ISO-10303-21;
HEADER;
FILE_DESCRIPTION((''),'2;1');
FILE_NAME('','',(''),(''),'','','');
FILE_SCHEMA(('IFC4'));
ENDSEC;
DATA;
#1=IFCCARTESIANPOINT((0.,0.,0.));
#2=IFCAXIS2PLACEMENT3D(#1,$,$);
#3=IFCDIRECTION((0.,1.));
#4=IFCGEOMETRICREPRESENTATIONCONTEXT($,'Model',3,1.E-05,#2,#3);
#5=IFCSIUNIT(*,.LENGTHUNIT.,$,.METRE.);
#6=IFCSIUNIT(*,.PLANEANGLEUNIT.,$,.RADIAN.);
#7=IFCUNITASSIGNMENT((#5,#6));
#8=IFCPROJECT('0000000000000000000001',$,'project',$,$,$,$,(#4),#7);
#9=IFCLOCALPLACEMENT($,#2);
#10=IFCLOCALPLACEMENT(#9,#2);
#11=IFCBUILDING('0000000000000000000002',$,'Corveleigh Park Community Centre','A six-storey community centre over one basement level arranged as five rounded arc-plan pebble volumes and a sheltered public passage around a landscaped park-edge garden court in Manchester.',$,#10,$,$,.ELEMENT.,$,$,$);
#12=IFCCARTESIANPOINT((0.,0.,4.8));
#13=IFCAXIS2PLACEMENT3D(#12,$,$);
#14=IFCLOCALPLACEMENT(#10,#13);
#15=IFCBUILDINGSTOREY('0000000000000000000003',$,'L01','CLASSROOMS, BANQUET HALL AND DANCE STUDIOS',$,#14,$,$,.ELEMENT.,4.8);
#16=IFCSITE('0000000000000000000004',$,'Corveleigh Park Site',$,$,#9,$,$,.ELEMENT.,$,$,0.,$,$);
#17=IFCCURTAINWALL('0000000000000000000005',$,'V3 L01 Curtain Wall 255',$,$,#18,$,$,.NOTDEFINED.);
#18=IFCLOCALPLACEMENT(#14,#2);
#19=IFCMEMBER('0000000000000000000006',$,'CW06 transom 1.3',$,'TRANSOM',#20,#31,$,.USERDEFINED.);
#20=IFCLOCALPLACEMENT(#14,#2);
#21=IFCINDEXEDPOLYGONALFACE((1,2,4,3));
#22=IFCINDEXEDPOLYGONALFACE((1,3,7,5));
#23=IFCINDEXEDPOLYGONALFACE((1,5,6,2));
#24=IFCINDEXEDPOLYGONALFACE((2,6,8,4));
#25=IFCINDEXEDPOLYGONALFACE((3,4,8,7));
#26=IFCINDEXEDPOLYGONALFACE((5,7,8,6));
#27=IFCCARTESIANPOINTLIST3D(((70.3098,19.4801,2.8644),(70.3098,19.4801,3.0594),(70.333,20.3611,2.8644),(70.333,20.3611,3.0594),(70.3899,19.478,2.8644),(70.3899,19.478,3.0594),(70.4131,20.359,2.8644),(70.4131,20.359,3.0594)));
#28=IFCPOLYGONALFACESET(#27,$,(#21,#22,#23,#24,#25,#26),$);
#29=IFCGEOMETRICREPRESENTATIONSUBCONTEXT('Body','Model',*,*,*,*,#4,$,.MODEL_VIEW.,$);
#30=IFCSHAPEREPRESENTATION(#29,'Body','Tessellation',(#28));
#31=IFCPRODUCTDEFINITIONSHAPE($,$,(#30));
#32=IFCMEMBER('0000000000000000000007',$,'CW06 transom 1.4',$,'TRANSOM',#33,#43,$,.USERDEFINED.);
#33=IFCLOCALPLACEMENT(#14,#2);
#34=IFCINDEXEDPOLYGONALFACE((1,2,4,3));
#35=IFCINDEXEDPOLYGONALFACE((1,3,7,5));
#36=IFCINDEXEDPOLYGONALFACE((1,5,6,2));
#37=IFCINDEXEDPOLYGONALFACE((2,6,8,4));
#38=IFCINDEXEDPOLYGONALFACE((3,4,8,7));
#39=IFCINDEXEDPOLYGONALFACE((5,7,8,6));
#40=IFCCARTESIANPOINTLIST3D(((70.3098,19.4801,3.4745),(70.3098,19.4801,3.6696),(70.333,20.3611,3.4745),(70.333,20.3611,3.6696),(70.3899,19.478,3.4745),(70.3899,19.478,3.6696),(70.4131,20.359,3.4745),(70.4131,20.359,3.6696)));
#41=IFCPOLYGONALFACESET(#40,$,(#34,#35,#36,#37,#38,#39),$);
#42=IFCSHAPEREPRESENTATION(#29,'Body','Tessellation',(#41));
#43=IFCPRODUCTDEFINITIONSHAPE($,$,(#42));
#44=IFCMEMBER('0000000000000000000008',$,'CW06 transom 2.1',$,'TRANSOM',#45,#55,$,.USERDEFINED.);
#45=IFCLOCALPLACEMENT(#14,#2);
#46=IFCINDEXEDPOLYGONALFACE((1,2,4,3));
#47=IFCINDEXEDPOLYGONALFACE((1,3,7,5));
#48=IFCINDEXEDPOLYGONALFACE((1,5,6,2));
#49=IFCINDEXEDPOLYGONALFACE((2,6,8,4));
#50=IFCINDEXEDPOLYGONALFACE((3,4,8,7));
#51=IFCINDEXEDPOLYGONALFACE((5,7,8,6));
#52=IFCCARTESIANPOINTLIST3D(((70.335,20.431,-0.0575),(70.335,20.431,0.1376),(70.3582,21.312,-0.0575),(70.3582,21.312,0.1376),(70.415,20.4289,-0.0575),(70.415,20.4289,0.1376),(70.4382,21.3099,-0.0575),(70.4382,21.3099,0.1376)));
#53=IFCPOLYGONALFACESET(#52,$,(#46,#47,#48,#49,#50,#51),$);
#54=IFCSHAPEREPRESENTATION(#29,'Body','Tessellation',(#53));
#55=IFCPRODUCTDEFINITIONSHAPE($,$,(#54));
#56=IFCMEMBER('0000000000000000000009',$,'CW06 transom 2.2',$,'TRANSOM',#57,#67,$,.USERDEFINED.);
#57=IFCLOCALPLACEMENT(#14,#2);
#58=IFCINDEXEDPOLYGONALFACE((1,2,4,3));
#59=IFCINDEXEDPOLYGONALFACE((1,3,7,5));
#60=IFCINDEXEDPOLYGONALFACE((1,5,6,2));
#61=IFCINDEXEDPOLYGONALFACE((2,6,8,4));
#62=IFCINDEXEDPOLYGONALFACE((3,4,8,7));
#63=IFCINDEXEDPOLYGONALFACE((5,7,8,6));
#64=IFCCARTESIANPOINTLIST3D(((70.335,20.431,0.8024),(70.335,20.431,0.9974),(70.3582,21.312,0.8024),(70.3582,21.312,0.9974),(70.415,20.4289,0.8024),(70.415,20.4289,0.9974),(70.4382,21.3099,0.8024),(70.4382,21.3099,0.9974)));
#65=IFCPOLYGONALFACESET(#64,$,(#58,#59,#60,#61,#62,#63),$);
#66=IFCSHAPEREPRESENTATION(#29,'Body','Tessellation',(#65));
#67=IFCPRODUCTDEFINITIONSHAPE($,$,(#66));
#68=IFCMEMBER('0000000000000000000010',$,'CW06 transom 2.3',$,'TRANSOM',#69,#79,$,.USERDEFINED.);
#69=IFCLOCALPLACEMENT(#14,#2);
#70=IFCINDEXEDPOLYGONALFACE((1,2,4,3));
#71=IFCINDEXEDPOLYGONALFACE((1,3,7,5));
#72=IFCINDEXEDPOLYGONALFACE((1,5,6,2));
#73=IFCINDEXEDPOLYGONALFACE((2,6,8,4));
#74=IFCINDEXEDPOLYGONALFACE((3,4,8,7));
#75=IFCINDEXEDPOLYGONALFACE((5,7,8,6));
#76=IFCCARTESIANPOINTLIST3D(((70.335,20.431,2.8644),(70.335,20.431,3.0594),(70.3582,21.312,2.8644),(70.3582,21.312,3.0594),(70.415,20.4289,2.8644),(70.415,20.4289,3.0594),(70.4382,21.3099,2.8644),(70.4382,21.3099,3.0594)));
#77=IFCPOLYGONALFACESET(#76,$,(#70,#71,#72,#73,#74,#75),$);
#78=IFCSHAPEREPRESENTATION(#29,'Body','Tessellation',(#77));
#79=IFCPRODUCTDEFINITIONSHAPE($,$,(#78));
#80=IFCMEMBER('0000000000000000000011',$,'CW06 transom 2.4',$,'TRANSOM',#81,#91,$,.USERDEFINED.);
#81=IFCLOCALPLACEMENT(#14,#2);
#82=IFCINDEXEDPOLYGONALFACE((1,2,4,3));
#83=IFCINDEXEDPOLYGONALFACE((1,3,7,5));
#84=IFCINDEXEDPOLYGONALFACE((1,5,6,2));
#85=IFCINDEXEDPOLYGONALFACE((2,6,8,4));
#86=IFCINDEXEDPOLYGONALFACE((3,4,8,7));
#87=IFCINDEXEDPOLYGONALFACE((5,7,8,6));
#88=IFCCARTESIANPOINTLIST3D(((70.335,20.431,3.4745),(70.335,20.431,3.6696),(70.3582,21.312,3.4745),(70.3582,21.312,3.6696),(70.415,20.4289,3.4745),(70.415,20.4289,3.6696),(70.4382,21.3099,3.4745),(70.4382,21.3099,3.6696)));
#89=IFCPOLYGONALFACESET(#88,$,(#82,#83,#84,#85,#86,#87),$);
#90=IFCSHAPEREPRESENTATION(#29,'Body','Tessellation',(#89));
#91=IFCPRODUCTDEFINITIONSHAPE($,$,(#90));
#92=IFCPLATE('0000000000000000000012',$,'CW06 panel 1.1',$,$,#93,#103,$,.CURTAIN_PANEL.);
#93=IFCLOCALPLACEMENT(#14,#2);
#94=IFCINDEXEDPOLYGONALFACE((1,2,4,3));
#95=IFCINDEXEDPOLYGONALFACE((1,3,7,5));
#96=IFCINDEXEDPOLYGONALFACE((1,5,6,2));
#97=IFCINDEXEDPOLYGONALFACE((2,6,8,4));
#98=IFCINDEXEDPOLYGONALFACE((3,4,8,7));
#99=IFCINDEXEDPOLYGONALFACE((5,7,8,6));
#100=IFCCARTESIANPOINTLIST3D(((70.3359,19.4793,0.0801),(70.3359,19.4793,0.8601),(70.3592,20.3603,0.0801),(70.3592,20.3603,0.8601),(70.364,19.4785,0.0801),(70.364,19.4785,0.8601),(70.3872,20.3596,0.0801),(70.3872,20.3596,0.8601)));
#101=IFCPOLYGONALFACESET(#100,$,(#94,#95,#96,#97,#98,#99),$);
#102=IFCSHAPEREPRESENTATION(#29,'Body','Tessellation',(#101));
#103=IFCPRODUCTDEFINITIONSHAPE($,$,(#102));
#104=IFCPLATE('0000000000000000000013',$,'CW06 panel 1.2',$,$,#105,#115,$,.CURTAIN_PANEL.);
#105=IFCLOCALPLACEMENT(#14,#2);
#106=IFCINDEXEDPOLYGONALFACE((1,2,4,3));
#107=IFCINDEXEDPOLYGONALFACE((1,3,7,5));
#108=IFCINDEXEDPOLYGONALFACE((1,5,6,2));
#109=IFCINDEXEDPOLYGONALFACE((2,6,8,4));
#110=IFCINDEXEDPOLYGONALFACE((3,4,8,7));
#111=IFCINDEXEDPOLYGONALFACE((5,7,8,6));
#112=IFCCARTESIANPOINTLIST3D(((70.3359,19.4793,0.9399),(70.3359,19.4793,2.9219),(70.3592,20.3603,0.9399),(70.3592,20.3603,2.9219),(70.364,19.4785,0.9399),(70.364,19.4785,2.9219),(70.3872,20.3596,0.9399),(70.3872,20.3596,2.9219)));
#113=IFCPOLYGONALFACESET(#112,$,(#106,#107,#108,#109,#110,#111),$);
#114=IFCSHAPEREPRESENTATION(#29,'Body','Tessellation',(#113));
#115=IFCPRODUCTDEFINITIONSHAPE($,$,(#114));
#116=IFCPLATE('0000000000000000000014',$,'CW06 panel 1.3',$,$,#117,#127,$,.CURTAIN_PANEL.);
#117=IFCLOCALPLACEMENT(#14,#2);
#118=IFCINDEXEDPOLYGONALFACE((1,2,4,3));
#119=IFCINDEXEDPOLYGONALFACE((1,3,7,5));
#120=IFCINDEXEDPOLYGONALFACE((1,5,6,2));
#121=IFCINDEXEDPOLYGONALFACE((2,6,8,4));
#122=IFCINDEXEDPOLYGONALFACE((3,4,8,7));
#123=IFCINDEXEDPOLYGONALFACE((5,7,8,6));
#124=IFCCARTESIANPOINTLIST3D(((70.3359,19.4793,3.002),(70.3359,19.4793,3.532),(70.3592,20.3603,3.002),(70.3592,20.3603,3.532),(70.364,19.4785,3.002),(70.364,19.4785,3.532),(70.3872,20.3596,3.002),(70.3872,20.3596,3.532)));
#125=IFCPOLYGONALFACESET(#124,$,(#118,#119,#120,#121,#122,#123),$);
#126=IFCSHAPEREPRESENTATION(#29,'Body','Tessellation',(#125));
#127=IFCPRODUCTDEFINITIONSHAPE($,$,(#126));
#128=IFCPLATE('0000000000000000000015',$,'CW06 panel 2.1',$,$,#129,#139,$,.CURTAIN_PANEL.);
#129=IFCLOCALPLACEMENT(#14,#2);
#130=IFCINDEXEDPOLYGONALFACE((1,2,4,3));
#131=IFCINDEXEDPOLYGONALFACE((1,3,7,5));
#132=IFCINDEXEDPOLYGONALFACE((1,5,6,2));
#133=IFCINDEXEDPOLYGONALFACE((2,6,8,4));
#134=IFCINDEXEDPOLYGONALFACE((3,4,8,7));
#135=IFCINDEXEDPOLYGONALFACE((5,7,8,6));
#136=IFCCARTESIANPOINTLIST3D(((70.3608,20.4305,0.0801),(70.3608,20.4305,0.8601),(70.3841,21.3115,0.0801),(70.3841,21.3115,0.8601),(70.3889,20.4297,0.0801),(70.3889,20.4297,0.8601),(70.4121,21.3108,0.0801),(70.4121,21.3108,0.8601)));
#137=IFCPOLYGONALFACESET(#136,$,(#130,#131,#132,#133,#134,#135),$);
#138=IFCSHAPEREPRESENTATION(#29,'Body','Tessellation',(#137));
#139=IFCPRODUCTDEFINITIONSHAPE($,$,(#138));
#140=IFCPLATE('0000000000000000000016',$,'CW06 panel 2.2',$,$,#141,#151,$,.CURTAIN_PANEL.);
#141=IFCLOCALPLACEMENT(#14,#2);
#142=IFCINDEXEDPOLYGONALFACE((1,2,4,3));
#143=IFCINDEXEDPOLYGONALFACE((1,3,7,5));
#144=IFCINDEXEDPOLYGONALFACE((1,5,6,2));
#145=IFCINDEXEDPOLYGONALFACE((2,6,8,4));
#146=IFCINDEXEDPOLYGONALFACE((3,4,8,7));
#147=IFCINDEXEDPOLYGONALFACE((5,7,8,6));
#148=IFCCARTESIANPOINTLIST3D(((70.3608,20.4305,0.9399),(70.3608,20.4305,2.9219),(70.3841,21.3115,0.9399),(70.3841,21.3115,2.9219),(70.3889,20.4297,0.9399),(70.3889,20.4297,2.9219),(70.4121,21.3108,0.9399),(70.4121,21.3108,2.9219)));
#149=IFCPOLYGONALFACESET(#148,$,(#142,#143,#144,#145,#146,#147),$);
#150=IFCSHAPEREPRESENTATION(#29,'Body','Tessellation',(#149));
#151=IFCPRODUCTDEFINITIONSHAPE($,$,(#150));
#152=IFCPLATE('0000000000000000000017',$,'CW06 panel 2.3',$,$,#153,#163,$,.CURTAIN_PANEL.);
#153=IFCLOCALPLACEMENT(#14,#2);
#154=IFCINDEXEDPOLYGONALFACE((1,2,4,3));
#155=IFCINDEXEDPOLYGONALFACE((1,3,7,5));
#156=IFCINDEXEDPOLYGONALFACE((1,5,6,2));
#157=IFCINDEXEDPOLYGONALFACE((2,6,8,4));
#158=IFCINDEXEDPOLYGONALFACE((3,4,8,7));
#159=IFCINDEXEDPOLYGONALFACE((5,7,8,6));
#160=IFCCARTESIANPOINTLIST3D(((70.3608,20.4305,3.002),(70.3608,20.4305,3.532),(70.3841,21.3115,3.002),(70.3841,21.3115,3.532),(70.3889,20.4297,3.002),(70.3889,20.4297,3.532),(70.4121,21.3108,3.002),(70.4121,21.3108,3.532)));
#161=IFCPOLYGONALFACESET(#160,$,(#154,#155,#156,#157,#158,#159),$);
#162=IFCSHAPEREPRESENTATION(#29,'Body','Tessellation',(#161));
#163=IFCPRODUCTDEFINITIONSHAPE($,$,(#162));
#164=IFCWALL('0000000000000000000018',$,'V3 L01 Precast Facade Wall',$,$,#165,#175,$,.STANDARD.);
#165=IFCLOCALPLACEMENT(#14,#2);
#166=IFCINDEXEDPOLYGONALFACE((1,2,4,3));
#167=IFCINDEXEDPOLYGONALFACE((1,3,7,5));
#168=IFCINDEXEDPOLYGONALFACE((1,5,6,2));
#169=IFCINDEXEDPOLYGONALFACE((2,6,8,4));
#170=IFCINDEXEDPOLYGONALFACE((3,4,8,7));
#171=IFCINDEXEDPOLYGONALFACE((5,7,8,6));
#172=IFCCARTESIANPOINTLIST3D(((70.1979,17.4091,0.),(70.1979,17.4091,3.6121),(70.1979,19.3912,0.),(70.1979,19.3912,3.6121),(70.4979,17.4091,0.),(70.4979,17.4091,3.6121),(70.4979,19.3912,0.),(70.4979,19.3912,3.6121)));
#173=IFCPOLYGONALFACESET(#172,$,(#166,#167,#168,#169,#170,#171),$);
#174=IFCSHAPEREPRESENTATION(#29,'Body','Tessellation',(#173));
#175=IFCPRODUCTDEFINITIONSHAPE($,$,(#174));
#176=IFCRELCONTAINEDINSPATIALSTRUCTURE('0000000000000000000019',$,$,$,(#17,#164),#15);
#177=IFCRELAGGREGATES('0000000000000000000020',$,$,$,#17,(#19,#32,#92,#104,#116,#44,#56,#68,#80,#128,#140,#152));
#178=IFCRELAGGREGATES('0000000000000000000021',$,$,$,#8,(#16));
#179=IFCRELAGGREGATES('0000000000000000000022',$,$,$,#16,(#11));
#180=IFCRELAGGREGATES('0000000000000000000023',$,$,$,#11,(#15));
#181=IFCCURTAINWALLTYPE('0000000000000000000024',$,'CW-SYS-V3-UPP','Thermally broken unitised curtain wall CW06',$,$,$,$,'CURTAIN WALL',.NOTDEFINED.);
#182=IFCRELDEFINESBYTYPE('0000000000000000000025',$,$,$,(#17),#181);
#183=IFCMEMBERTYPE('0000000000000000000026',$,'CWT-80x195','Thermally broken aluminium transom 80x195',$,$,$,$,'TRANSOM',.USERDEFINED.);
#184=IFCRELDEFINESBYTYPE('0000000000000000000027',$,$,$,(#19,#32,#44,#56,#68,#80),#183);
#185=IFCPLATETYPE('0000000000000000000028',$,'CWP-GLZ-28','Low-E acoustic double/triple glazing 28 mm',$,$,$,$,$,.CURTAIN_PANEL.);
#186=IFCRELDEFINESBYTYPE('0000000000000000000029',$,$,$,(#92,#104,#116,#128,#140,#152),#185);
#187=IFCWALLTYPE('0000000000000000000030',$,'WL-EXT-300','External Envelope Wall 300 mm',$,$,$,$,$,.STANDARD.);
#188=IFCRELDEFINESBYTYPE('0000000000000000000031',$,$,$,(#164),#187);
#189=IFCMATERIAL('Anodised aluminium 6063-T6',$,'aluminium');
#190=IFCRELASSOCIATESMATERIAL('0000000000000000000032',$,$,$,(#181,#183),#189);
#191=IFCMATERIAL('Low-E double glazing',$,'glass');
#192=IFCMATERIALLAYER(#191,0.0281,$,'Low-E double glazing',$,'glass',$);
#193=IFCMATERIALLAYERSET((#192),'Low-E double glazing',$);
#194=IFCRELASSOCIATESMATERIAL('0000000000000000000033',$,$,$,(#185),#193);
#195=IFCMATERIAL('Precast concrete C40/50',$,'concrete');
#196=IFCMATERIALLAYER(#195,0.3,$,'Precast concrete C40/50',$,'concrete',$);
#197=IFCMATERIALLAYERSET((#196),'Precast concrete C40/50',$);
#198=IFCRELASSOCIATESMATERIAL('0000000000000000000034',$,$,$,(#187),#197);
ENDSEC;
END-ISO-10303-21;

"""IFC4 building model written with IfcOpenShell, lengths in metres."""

from ifc_helpers import new_model, si_unit, direction, frame, frame_2d, origin, origin_2d, place, context, subcontext, project, spatial, rectangle, extrude, material, layer, layer_set, material_profile, profile_set, type_object, element, aggregate, save


model = new_model("IFC4")

# Units and contexts
model_context = context("Model", 3, precision=1e-05, world=origin(), true_north=direction((0.0, 1.0)))
body_context = subcontext(model_context, "Body", "Model", "MODEL_VIEW")
ifc_project = project(units=[si_unit("LENGTHUNIT", "METRE"), si_unit("PLANEANGLEUNIT", "RADIAN")], contexts=[model_context])

# Site, building, storey
site_placement = place(None, origin())
site = spatial("IfcSite", under=ifc_project, at=site_placement, Name="Corveleigh Park Site", CompositionType="ELEMENT", RefElevation=0.0)
building_placement = place(site_placement, origin())
building = spatial("IfcBuilding", under=site, at=building_placement, Name="Corveleigh Park Community Centre", Description="A six-storey community centre over one basement level arranged as five rounded arc-plan pebble volumes and a sheltered public passage around a landscaped park-edge garden court in Manchester.", CompositionType="ELEMENT")
storey_placement = place(building_placement, frame((0.0, 0.0, 4.8)))
storey = spatial("IfcBuildingStorey", under=building, at=storey_placement, Name="L01", Description="CLASSROOMS, BANQUET HALL AND DANCE STUDIOS", CompositionType="ELEMENT", Elevation=4.8)

# Shared definitions
ifc_material_1 = material(Name="Anodised aluminium 6063-T6", Category="aluminium")
curtain_wall_type = type_object("IfcCurtainWallType", Name="CW-SYS-V3-UPP", Description="Thermally broken unitised curtain wall CW06", ElementType="CURTAIN WALL", PredefinedType="NOTDEFINED", material=ifc_material_1)

# Curtain wall
curtain_wall_1_placement = place(storey_placement, origin())
curtain_wall_1 = element("IfcCurtainWall", 1, at=curtain_wall_1_placement, inside=storey, type_object=curtain_wall_type, Name="V3 L01 Curtain Wall 255", PredefinedType="NOTDEFINED")

# Members
ifc_material_profile_1 = material_profile(ifc_material_1, rectangle(XDim=0.0801, YDim=0.1951, at=origin_2d()), Name="ALU-T80x195", Category="aluminium")
ifc_profile_set_1 = profile_set([ifc_material_profile_1], Name="Anodised aluminium 6063-T6")
member_type_1 = type_object("IfcMemberType", Name="CWT-80x195", Description="Thermally broken aluminium transom 80x195", ElementType="TRANSOM", PredefinedType="USERDEFINED", material=ifc_profile_set_1)
member_1_placement = place(storey_placement, frame((70.3499, 19.479, 2.9619), z_axis=(0.026314, 0.999654, 0.0), x_axis=(-0.999654, 0.026314, 0.0)))
member_1 = element("IfcMember", 2, at=member_1_placement, type_object=member_type_1, Name="CW06 transom 1.3", ObjectType="TRANSOM", PredefinedType="USERDEFINED", context=body_context, shape_type="SweptSolid", body=[
    extrude(rectangle(XDim=0.0801, YDim=0.1951, at=origin_2d()), origin(), (0.0, 0.0, 1.0), 0.8813),
])
member_2_placement = place(storey_placement, frame((70.3499, 19.479, 3.572), z_axis=(0.026314, 0.999654, 0.0), x_axis=(-0.999654, 0.026314, 0.0)))
member_2 = element("IfcMember", 3, at=member_2_placement, type_object=member_type_1, Name="CW06 transom 1.4", ObjectType="TRANSOM", PredefinedType="USERDEFINED", context=body_context, shape_type="SweptSolid", body=[
    extrude(rectangle(XDim=0.0801, YDim=0.1951, at=origin_2d()), origin(), (0.0, 0.0, 1.0), 0.8813),
])
member_3_placement = place(storey_placement, frame((70.375, 20.4299, 0.04), z_axis=(0.026314, 0.999654, 0.0), x_axis=(-0.999654, 0.026314, 0.0)))
member_3 = element("IfcMember", 4, at=member_3_placement, type_object=member_type_1, Name="CW06 transom 2.1", ObjectType="TRANSOM", PredefinedType="USERDEFINED", context=body_context, shape_type="SweptSolid", body=[
    extrude(rectangle(XDim=0.0801, YDim=0.1951, at=origin_2d()), origin(), (0.0, 0.0, 1.0), 0.8813),
])
member_4_placement = place(storey_placement, frame((70.375, 20.4299, 0.8999), z_axis=(0.026314, 0.999654, 0.0), x_axis=(-0.999654, 0.026314, 0.0)))
member_4 = element("IfcMember", 5, at=member_4_placement, type_object=member_type_1, Name="CW06 transom 2.2", ObjectType="TRANSOM", PredefinedType="USERDEFINED", context=body_context, shape_type="SweptSolid", body=[
    extrude(rectangle(XDim=0.0801, YDim=0.1951, at=origin_2d()), origin(), (0.0, 0.0, 1.0), 0.8813),
])
member_5_placement = place(storey_placement, frame((70.375, 20.4299, 2.9619), z_axis=(0.026314, 0.999654, 0.0), x_axis=(-0.999654, 0.026314, 0.0)))
member_5 = element("IfcMember", 6, at=member_5_placement, type_object=member_type_1, Name="CW06 transom 2.3", ObjectType="TRANSOM", PredefinedType="USERDEFINED", context=body_context, shape_type="SweptSolid", body=[
    extrude(rectangle(XDim=0.0801, YDim=0.1951, at=origin_2d()), origin(), (0.0, 0.0, 1.0), 0.8813),
])
member_6_placement = place(storey_placement, frame((70.375, 20.4299, 3.572), z_axis=(0.026314, 0.999654, 0.0), x_axis=(-0.999654, 0.026314, 0.0)))
member_6 = element("IfcMember", 7, at=member_6_placement, type_object=member_type_1, Name="CW06 transom 2.4", ObjectType="TRANSOM", PredefinedType="USERDEFINED", context=body_context, shape_type="SweptSolid", body=[
    extrude(rectangle(XDim=0.0801, YDim=0.1951, at=origin_2d()), origin(), (0.0, 0.0, 1.0), 0.8813),
])

# Plates
ifc_material_2 = material(Name="Low-E double glazing", Category="glass")
ifc_layer_1 = layer(ifc_material_2, 0.0281, Name="Low-E double glazing", Category="glass")
ifc_layer_set_1 = layer_set([ifc_layer_1], Name="Low-E double glazing")
plate_type = type_object("IfcPlateType", Name="CWP-GLZ-28", Description="Low-E acoustic double/triple glazing 28 mm", PredefinedType="CURTAIN_PANEL", material=ifc_layer_set_1)
plate_1_placement = place(storey_placement, frame((70.3616, 19.9194, 0.0801), z_axis=(0.0, 0.0, 1.0), x_axis=(0.02636, 0.999653, 0.0)))
plate_1 = element("IfcPlate", 8, at=plate_1_placement, type_object=plate_type, Name="CW06 panel 1.1", PredefinedType="CURTAIN_PANEL", context=body_context, shape_type="SweptSolid", body=[
    extrude(rectangle(XDim=0.8813, YDim=0.0281, at=origin_2d()), origin(), (0.0, 0.0, 1.0), 0.78),
])
plate_2_placement = place(storey_placement, frame((70.3616, 19.9194, 0.9399), z_axis=(0.0, 0.0, 1.0), x_axis=(0.02636, 0.999653, 0.0)))
plate_2 = element("IfcPlate", 9, at=plate_2_placement, type_object=plate_type, Name="CW06 panel 1.2", PredefinedType="CURTAIN_PANEL", context=body_context, shape_type="SweptSolid", body=[
    extrude(rectangle(XDim=0.8813, YDim=0.0281, at=origin_2d()), origin(), (0.0, 0.0, 1.0), 1.9819),
])
plate_3_placement = place(storey_placement, frame((70.3616, 19.9194, 3.002), z_axis=(0.0, 0.0, 1.0), x_axis=(0.02636, 0.999653, 0.0)))
plate_3 = element("IfcPlate", 10, at=plate_3_placement, type_object=plate_type, Name="CW06 panel 1.3", PredefinedType="CURTAIN_PANEL", context=body_context, shape_type="SweptSolid", body=[
    extrude(rectangle(XDim=0.8813, YDim=0.0281, at=origin_2d()), origin(), (0.0, 0.0, 1.0), 0.53),
])
plate_4_placement = place(storey_placement, frame((70.3865, 20.8706, 0.0801), z_axis=(0.0, 0.0, 1.0), x_axis=(0.02636, 0.999653, 0.0)))
plate_4 = element("IfcPlate", 11, at=plate_4_placement, type_object=plate_type, Name="CW06 panel 2.1", PredefinedType="CURTAIN_PANEL", context=body_context, shape_type="SweptSolid", body=[
    extrude(rectangle(XDim=0.8813, YDim=0.0281, at=origin_2d()), origin(), (0.0, 0.0, 1.0), 0.78),
])
plate_5_placement = place(storey_placement, frame((70.3865, 20.8706, 0.9399), z_axis=(0.0, 0.0, 1.0), x_axis=(0.02636, 0.999653, 0.0)))
plate_5 = element("IfcPlate", 12, at=plate_5_placement, type_object=plate_type, Name="CW06 panel 2.2", PredefinedType="CURTAIN_PANEL", context=body_context, shape_type="SweptSolid", body=[
    extrude(rectangle(XDim=0.8813, YDim=0.0281, at=origin_2d()), origin(), (0.0, 0.0, 1.0), 1.9819),
])
plate_6_placement = place(storey_placement, frame((70.3865, 20.8706, 3.002), z_axis=(0.0, 0.0, 1.0), x_axis=(0.02636, 0.999653, 0.0)))
plate_6 = element("IfcPlate", 13, at=plate_6_placement, type_object=plate_type, Name="CW06 panel 2.3", PredefinedType="CURTAIN_PANEL", context=body_context, shape_type="SweptSolid", body=[
    extrude(rectangle(XDim=0.8813, YDim=0.0281, at=origin_2d()), origin(), (0.0, 0.0, 1.0), 0.53),
])
aggregate(curtain_wall_1, [member_1, member_2, plate_1, plate_2, plate_3, member_3, member_4, member_5, member_6, plate_4, plate_5, plate_6])

# Wall
ifc_material_3 = material(Name="Precast concrete C40/50", Category="concrete")
ifc_layer_2 = layer(ifc_material_3, 0.3, Name="Precast concrete C40/50", Category="concrete")
ifc_layer_set_2 = layer_set([ifc_layer_2], Name="Precast concrete C40/50")
wall_type_1 = type_object("IfcWallType", Name="WL-EXT-300", Description="External Envelope Wall 300 mm", PredefinedType="STANDARD", material=ifc_layer_set_2)
wall_1_placement = place(storey_placement, frame((70.3479, 17.4089, 0.0), z_axis=(0.0, 0.0, 1.0), x_axis=(0.0, 1.0, 0.0)))
element("IfcWall", 14, at=wall_1_placement, inside=storey, type_object=wall_type_1, Name="V3 L01 Precast Facade Wall", PredefinedType="STANDARD", context=body_context, shape_type="SweptSolid", body=[
    extrude(rectangle(XDim=1.9822, YDim=0.3, at=frame_2d((0.9912, 0.0))), origin(), (0.0, 0.0, 1.0), 3.6121),
])

save(model, "model.ifc")
